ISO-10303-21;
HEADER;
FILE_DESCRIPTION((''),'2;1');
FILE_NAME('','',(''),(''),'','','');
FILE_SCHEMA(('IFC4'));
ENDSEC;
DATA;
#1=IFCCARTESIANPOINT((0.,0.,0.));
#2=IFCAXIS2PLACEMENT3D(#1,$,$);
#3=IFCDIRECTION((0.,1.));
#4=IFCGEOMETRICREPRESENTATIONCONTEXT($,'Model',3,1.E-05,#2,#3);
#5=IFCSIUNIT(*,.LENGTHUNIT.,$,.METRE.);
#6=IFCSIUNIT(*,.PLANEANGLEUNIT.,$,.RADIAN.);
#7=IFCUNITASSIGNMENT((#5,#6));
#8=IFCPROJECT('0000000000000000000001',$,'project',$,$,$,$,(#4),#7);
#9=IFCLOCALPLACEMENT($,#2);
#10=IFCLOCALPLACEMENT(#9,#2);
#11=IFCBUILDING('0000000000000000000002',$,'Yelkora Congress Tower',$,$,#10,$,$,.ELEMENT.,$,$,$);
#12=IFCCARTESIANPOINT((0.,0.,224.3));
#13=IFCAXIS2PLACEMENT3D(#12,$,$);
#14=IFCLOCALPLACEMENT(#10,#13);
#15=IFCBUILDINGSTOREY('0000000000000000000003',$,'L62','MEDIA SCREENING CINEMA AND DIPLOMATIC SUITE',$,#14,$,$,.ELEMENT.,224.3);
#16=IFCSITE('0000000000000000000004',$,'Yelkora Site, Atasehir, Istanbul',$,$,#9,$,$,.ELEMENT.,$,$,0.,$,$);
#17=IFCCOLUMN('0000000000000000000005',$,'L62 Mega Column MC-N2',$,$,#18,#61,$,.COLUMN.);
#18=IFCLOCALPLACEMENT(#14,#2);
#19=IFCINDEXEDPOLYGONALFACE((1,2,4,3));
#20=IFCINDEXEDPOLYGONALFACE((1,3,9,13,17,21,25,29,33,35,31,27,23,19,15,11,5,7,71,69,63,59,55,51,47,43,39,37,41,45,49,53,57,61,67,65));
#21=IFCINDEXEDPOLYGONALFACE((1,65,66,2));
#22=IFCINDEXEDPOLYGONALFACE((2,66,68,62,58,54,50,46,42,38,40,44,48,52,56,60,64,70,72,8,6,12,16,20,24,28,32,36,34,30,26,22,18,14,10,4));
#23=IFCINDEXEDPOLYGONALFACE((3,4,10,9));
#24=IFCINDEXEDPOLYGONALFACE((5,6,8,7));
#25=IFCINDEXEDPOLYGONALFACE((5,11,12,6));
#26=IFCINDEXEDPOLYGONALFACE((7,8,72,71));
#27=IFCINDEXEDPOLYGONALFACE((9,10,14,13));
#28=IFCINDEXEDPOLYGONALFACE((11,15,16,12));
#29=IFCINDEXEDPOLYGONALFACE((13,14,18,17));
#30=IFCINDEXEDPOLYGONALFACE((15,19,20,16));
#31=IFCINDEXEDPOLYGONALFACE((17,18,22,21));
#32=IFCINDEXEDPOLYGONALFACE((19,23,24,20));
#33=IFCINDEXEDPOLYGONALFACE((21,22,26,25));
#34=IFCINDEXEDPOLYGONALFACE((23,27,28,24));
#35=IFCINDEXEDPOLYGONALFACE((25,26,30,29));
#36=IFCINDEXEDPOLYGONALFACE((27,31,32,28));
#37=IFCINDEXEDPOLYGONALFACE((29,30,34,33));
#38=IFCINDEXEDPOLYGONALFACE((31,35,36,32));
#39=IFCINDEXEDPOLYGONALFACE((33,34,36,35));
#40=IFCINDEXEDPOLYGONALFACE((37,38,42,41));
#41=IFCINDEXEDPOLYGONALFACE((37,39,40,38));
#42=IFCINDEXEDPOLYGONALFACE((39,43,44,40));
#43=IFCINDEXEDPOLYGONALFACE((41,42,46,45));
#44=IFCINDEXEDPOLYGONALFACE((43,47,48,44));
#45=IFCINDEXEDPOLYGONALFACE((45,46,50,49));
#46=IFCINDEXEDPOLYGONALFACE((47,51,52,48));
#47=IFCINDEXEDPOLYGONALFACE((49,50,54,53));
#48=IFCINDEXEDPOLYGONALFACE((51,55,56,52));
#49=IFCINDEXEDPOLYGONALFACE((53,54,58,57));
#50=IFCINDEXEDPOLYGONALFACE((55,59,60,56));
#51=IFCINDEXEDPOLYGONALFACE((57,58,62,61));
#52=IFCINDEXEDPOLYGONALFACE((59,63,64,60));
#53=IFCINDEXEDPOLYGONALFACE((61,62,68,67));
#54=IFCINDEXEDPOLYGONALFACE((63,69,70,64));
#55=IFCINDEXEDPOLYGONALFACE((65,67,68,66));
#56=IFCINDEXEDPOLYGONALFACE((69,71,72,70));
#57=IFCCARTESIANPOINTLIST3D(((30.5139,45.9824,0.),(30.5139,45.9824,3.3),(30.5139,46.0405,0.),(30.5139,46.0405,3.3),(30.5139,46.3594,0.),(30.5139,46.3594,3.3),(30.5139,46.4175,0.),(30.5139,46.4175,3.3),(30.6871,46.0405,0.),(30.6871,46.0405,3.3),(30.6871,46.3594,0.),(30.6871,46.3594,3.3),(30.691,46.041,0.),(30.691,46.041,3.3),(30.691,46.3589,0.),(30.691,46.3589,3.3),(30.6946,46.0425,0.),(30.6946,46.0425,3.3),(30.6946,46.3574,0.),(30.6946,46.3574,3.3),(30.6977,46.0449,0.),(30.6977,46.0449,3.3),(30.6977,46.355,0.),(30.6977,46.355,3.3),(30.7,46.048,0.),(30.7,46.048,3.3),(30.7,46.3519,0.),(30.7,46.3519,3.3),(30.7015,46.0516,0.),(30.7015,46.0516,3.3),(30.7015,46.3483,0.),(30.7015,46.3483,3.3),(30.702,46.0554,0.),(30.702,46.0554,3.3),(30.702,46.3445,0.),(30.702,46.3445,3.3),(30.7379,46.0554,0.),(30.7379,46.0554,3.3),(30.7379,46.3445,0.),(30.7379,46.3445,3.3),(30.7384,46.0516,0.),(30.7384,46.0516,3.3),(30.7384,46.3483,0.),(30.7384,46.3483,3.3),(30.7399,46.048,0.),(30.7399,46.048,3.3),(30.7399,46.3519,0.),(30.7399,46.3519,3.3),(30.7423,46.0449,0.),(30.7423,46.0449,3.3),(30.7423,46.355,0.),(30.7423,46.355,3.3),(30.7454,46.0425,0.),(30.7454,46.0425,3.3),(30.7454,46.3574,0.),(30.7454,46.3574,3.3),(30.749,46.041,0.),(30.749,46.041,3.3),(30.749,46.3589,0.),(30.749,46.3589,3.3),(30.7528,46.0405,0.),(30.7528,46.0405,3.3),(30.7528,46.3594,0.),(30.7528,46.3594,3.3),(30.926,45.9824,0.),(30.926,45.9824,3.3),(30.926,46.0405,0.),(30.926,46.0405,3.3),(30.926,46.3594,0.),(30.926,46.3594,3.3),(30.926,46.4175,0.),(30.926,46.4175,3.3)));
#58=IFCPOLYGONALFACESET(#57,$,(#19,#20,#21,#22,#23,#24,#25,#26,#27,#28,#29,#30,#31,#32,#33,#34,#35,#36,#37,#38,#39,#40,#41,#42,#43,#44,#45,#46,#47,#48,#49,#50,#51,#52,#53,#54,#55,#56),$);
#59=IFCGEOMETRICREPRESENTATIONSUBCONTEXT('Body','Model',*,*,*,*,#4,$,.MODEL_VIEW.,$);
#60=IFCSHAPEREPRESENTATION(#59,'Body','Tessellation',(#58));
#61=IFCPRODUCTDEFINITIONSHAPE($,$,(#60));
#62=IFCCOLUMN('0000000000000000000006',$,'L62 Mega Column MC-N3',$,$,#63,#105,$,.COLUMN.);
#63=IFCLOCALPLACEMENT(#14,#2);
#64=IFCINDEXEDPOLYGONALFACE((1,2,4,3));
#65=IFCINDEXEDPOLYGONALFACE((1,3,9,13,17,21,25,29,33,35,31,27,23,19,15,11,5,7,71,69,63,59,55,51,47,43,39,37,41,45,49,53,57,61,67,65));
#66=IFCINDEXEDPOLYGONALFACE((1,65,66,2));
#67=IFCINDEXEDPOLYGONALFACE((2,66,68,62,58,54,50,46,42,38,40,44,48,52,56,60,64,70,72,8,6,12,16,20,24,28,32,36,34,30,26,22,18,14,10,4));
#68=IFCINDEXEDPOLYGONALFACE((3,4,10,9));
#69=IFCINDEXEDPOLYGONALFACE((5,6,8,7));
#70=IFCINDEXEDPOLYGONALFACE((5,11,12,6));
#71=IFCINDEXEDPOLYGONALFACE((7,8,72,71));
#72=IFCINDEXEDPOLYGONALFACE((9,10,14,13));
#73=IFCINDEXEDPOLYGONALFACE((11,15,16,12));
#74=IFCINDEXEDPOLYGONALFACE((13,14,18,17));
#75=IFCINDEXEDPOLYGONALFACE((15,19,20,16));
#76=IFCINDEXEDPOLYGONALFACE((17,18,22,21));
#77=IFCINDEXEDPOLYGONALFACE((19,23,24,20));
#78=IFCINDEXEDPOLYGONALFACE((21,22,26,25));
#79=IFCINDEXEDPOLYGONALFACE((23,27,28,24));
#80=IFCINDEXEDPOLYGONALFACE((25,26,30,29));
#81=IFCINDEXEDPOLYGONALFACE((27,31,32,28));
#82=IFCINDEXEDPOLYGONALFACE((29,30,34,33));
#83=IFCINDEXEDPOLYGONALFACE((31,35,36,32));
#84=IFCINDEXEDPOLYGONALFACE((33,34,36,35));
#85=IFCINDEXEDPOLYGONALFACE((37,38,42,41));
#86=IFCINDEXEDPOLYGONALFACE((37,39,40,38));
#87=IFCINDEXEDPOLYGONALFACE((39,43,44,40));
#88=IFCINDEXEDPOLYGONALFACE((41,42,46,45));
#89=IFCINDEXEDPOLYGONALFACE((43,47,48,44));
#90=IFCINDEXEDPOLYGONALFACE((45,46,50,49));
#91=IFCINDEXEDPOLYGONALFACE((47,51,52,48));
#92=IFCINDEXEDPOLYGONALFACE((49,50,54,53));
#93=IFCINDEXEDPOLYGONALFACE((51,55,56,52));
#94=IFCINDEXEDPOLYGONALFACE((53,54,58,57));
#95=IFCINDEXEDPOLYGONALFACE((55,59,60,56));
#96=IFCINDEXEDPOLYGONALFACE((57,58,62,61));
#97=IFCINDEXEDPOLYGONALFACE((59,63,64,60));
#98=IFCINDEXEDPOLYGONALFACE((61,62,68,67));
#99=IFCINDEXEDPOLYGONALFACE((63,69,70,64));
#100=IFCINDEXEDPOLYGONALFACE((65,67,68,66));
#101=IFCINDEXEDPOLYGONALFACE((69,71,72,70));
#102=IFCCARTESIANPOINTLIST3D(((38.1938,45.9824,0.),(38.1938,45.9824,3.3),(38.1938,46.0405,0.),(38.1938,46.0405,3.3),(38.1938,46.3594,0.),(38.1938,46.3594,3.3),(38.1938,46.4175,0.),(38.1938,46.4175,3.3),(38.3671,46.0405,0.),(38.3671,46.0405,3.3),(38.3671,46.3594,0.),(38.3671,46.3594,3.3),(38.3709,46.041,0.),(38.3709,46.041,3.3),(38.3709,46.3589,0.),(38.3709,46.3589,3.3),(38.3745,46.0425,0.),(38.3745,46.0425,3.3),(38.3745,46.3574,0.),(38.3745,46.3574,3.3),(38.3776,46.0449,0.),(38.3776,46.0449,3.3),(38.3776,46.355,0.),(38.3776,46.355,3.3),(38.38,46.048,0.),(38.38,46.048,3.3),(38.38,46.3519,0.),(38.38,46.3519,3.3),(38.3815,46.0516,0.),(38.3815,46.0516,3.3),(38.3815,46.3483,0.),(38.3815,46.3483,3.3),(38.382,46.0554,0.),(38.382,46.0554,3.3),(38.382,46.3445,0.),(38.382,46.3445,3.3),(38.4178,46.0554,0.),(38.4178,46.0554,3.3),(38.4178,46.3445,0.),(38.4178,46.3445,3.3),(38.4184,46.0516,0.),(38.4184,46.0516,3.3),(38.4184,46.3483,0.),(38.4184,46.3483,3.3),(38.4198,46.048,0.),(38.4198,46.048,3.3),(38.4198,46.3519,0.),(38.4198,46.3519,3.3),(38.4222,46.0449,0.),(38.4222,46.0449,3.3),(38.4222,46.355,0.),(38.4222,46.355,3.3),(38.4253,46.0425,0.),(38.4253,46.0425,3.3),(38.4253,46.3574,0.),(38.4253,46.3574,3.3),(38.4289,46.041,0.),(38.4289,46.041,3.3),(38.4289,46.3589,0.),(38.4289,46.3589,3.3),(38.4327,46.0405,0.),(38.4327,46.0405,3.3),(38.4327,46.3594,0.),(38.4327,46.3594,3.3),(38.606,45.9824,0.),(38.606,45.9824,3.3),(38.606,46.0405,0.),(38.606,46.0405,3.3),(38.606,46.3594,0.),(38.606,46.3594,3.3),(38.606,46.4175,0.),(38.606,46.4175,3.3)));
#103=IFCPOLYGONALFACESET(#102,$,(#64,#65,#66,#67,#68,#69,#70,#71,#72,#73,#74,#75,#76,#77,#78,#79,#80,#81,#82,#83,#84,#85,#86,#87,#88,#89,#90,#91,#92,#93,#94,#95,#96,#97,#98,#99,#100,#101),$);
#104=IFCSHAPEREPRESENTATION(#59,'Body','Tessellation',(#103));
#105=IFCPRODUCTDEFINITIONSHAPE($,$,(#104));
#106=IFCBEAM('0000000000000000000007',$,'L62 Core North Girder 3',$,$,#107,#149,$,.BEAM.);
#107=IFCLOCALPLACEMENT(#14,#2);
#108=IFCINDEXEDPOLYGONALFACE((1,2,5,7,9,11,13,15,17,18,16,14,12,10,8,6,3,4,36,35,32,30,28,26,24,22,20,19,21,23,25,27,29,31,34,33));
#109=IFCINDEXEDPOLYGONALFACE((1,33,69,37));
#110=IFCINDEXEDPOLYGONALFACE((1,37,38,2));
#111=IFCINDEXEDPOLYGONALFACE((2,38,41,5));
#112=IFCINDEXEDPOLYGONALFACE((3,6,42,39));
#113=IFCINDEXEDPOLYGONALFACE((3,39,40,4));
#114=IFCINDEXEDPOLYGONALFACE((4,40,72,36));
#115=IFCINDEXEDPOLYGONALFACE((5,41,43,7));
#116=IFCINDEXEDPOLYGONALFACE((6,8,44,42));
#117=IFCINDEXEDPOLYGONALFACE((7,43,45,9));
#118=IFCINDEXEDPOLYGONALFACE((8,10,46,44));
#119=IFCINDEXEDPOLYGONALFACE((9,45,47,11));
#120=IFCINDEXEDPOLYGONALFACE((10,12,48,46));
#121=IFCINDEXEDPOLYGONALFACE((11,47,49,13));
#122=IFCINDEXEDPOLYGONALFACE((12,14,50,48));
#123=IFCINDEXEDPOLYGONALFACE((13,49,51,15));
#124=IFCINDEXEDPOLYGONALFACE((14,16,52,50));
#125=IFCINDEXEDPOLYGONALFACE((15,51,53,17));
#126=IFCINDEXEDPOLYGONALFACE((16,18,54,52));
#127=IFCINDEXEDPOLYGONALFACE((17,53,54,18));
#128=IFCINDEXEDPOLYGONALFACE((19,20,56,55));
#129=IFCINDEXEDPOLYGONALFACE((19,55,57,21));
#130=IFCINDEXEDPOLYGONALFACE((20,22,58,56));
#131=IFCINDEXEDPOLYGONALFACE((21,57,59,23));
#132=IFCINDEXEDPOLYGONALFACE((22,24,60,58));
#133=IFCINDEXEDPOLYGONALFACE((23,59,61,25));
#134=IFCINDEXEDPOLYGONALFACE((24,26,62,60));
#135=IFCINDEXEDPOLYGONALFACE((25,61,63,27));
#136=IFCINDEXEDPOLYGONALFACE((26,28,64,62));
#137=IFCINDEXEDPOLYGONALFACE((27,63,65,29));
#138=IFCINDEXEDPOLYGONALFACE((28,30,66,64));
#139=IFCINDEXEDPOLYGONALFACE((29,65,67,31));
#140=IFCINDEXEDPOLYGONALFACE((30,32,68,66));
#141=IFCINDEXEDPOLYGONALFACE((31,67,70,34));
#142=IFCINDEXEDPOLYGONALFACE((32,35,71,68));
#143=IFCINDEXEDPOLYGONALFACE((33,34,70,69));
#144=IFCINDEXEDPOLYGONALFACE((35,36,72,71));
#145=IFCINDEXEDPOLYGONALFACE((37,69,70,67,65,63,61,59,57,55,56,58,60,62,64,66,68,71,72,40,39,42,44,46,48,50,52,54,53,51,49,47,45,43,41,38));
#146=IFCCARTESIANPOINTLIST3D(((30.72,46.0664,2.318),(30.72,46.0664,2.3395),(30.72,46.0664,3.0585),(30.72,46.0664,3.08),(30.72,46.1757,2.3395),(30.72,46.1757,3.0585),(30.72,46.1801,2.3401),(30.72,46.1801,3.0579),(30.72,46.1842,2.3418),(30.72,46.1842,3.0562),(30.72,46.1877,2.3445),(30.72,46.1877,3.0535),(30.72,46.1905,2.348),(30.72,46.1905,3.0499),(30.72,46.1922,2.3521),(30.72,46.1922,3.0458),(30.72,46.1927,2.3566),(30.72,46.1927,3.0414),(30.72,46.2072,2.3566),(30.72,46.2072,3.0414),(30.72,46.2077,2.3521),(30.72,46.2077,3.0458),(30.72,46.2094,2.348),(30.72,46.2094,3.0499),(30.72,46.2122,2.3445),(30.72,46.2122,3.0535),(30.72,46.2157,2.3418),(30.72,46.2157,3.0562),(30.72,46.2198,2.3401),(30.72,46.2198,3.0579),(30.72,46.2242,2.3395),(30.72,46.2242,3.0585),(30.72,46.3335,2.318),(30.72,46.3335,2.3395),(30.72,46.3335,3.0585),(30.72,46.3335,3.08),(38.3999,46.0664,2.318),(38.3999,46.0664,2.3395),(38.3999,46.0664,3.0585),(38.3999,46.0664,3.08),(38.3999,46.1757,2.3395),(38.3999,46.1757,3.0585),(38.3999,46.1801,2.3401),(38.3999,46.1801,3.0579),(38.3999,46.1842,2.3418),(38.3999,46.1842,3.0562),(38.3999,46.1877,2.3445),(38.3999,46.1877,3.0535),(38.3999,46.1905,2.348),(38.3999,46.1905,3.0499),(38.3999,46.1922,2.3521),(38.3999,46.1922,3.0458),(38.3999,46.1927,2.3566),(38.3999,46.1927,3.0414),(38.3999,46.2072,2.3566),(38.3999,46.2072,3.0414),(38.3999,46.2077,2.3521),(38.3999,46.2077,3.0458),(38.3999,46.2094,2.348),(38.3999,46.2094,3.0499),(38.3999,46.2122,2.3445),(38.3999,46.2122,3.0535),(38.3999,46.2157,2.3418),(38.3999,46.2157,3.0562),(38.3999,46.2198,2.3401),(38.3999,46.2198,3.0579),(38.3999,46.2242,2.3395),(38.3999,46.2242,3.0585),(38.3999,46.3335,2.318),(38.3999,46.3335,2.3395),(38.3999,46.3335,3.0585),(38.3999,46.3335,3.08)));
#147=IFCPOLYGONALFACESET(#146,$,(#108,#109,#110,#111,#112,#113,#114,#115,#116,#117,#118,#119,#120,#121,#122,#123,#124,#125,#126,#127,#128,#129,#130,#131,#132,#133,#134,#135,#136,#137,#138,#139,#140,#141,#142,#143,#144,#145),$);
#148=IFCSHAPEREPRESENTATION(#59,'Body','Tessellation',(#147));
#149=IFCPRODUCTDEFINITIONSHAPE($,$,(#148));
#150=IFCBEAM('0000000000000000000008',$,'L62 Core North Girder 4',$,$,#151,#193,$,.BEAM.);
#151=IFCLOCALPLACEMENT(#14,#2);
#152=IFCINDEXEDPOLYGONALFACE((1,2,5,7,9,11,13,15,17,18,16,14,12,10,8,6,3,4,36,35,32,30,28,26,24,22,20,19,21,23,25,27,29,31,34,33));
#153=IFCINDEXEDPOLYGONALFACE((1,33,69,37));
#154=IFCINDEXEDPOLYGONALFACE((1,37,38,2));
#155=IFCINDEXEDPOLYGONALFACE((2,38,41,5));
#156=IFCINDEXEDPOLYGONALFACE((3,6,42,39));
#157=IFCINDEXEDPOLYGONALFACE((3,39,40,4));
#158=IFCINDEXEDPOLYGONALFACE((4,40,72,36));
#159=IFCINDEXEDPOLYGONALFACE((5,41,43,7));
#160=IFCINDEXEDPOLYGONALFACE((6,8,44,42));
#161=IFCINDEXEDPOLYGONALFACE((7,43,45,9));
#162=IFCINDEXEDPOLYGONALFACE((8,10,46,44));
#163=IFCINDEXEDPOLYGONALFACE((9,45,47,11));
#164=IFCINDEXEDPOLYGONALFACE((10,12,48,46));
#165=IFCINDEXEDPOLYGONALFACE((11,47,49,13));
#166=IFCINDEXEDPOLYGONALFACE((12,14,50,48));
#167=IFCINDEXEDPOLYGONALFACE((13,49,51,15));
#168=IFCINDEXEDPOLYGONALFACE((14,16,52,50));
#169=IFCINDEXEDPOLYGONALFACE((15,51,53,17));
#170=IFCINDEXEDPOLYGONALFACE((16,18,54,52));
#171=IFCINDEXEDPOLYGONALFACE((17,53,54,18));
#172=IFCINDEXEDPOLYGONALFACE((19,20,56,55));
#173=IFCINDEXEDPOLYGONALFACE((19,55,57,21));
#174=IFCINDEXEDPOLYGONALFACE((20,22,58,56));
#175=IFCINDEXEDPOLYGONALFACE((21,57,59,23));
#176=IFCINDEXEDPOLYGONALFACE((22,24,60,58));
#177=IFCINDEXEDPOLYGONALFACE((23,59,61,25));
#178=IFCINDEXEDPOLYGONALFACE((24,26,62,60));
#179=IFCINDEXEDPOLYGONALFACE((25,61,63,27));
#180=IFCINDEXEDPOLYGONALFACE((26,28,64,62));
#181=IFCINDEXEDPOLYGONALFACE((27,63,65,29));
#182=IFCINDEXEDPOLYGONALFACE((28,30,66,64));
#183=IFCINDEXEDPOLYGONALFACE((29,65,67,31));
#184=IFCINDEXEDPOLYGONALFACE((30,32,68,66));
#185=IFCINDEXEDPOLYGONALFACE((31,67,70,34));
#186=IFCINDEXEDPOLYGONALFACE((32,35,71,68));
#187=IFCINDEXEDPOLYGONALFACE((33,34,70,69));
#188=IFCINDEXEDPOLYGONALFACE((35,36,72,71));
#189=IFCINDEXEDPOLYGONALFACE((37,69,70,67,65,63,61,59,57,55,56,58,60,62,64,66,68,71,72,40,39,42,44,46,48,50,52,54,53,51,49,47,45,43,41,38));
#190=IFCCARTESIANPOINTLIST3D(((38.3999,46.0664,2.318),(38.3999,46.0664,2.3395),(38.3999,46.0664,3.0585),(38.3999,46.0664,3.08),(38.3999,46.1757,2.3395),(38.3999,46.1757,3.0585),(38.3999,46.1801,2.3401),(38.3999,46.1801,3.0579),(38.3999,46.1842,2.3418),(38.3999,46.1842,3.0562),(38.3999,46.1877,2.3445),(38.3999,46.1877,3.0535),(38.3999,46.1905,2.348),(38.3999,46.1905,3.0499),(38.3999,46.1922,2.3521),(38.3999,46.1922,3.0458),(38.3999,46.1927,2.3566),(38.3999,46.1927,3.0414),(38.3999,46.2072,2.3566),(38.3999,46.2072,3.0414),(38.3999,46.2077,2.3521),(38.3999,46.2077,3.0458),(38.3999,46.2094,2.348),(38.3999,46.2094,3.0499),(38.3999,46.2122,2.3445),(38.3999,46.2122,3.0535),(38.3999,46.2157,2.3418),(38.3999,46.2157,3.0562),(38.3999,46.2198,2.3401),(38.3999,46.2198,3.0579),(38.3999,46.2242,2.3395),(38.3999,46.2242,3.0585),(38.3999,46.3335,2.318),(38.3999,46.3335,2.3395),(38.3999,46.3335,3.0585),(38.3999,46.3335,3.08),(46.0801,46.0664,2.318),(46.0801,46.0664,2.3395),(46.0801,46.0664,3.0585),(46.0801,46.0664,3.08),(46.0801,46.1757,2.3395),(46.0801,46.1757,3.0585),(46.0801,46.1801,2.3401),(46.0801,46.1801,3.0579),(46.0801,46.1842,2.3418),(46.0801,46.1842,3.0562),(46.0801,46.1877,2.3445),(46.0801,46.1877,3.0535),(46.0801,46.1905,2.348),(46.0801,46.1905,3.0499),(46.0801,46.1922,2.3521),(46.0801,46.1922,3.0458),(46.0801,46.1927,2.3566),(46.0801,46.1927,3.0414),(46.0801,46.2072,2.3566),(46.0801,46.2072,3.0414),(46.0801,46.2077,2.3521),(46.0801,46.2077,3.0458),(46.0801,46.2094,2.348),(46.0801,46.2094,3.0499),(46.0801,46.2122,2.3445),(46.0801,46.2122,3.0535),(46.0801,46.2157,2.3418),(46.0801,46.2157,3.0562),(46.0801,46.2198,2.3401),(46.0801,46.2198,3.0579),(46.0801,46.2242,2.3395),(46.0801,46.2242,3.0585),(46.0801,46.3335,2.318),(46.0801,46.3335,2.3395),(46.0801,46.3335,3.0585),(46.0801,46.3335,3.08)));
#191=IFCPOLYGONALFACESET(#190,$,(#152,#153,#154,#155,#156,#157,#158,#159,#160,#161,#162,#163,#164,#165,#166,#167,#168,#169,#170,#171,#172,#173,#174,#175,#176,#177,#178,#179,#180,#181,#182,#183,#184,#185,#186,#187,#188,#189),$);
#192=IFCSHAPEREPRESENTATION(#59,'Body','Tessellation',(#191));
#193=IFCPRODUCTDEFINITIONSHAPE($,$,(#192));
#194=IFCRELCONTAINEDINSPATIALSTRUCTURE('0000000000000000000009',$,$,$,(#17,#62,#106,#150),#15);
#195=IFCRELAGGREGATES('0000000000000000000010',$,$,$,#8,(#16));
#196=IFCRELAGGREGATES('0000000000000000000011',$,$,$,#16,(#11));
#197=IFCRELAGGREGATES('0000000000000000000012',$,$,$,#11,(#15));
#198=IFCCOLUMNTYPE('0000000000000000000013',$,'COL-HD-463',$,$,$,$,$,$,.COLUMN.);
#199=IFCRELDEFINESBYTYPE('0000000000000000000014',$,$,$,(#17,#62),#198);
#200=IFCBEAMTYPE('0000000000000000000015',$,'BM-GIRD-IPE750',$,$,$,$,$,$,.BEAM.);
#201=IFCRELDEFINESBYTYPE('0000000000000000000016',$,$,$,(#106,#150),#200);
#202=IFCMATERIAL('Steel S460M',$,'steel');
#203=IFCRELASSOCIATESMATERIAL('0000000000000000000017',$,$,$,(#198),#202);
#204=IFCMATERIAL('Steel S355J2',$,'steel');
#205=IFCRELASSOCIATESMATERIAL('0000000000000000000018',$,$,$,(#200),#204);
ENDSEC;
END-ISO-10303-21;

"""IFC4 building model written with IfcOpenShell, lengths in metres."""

from ifc_helpers import new_model, si_unit, direction, frame, origin, origin_2d, place, context, subcontext, project, spatial, i_section, extrude, material, material_profile, profile_set, type_object, element, save


model = new_model("IFC4")

# Units and contexts
model_context = context("Model", 3, precision=1e-05, world=origin(), true_north=direction((0.0, 1.0)))
body_context = subcontext(model_context, "Body", "Model", "MODEL_VIEW")
ifc_project = project(units=[si_unit("LENGTHUNIT", "METRE"), si_unit("PLANEANGLEUNIT", "RADIAN")], contexts=[model_context])

# Site, building, storey
site_placement = place(None, origin())
site = spatial("IfcSite", under=ifc_project, at=site_placement, Name="Yelkora Site, Atasehir, Istanbul", CompositionType="ELEMENT", RefElevation=0.0)
building_placement = place(site_placement, origin())
building = spatial("IfcBuilding", under=site, at=building_placement, Name="Yelkora Congress Tower", CompositionType="ELEMENT")
storey_placement = place(building_placement, frame((0.0, 0.0, 224.3)))
storey = spatial("IfcBuildingStorey", under=building, at=storey_placement, Name="L62", Description="MEDIA SCREENING CINEMA AND DIPLOMATIC SUITE", CompositionType="ELEMENT", Elevation=224.3)

# Columns
ifc_material_1 = material(Name="Steel S460M", Category="steel")
ifc_material_profile_1 = material_profile(ifc_material_1, i_section(OverallWidth=0.4121, OverallDepth=0.4351, WebThickness=0.0359, FlangeThickness=0.0581, FilletRadius=0.0149, at=origin_2d()), Name="HD 400x463")
ifc_profile_set_1 = profile_set([ifc_material_profile_1], Name="Steel S460M")
column_type = type_object("IfcColumnType", Name="COL-HD-463", PredefinedType="COLUMN", material=ifc_profile_set_1)
for number, where, z_axis, x_axis, name in (
    (1, (30.72, 46.2, 0.0), (0.0, 0.0, 1.0), (1.0, 0.0, 0.0), "L62 Mega Column MC-N2"),
    (2, (38.3999, 46.2, 0.0), (0.0, 0.0, 1.0), (1.0, 0.0, 0.0), "L62 Mega Column MC-N3"),
):
    element("IfcColumn", number, at=place(storey_placement, frame(where, z_axis=z_axis, x_axis=x_axis)), inside=storey, type_object=column_type, Name=name, PredefinedType="COLUMN", context=body_context, shape_type="SweptSolid", body=[
        extrude(i_section(OverallWidth=0.4121, OverallDepth=0.4351, WebThickness=0.0359, FlangeThickness=0.0581, FilletRadius=0.0149, at=origin_2d()), origin(), (0.0, 0.0, 1.0), 3.3),
    ])

# Beams
ifc_material_2 = material(Name="Steel S355J2", Category="steel")
ifc_material_profile_2 = material_profile(ifc_material_2, i_section(OverallWidth=0.2671, OverallDepth=0.762, WebThickness=0.0144, FlangeThickness=0.0215, FilletRadius=0.0171, at=origin_2d()), Name="IPE 750x173")
ifc_profile_set_2 = profile_set([ifc_material_profile_2], Name="Steel S355J2")
beam_type = type_object("IfcBeamType", Name="BM-GIRD-IPE750", PredefinedType="BEAM", material=ifc_profile_set_2)
beam_1_placement = place(storey_placement, frame((30.72, 46.2, 2.699), z_axis=(1.0, 0.0, 0.0), x_axis=(0.0, 1.0, 0.0)))
element("IfcBeam", 3, at=beam_1_placement, inside=storey, type_object=beam_type, Name="L62 Core North Girder 3", PredefinedType="BEAM", context=body_context, shape_type="SweptSolid", body=[
    extrude(i_section(OverallWidth=0.2671, OverallDepth=0.762, WebThickness=0.0144, FlangeThickness=0.0215, FilletRadius=0.0171, at=origin_2d()), origin(), (0.0, 0.0, 1.0), 7.6799),
])
beam_2_placement = place(storey_placement, frame((38.3999, 46.2, 2.699), z_axis=(1.0, 0.0, 0.0), x_axis=(0.0, 1.0, 0.0)))
element("IfcBeam", 4, at=beam_2_placement, inside=storey, type_object=beam_type, Name="L62 Core North Girder 4", PredefinedType="BEAM", context=body_context, shape_type="SweptSolid", body=[
    extrude(i_section(OverallWidth=0.2671, OverallDepth=0.762, WebThickness=0.0144, FlangeThickness=0.0215, FilletRadius=0.0171, at=origin_2d()), origin(), (0.0, 0.0, 1.0), 7.6802),
])

save(model, "model.ifc")
